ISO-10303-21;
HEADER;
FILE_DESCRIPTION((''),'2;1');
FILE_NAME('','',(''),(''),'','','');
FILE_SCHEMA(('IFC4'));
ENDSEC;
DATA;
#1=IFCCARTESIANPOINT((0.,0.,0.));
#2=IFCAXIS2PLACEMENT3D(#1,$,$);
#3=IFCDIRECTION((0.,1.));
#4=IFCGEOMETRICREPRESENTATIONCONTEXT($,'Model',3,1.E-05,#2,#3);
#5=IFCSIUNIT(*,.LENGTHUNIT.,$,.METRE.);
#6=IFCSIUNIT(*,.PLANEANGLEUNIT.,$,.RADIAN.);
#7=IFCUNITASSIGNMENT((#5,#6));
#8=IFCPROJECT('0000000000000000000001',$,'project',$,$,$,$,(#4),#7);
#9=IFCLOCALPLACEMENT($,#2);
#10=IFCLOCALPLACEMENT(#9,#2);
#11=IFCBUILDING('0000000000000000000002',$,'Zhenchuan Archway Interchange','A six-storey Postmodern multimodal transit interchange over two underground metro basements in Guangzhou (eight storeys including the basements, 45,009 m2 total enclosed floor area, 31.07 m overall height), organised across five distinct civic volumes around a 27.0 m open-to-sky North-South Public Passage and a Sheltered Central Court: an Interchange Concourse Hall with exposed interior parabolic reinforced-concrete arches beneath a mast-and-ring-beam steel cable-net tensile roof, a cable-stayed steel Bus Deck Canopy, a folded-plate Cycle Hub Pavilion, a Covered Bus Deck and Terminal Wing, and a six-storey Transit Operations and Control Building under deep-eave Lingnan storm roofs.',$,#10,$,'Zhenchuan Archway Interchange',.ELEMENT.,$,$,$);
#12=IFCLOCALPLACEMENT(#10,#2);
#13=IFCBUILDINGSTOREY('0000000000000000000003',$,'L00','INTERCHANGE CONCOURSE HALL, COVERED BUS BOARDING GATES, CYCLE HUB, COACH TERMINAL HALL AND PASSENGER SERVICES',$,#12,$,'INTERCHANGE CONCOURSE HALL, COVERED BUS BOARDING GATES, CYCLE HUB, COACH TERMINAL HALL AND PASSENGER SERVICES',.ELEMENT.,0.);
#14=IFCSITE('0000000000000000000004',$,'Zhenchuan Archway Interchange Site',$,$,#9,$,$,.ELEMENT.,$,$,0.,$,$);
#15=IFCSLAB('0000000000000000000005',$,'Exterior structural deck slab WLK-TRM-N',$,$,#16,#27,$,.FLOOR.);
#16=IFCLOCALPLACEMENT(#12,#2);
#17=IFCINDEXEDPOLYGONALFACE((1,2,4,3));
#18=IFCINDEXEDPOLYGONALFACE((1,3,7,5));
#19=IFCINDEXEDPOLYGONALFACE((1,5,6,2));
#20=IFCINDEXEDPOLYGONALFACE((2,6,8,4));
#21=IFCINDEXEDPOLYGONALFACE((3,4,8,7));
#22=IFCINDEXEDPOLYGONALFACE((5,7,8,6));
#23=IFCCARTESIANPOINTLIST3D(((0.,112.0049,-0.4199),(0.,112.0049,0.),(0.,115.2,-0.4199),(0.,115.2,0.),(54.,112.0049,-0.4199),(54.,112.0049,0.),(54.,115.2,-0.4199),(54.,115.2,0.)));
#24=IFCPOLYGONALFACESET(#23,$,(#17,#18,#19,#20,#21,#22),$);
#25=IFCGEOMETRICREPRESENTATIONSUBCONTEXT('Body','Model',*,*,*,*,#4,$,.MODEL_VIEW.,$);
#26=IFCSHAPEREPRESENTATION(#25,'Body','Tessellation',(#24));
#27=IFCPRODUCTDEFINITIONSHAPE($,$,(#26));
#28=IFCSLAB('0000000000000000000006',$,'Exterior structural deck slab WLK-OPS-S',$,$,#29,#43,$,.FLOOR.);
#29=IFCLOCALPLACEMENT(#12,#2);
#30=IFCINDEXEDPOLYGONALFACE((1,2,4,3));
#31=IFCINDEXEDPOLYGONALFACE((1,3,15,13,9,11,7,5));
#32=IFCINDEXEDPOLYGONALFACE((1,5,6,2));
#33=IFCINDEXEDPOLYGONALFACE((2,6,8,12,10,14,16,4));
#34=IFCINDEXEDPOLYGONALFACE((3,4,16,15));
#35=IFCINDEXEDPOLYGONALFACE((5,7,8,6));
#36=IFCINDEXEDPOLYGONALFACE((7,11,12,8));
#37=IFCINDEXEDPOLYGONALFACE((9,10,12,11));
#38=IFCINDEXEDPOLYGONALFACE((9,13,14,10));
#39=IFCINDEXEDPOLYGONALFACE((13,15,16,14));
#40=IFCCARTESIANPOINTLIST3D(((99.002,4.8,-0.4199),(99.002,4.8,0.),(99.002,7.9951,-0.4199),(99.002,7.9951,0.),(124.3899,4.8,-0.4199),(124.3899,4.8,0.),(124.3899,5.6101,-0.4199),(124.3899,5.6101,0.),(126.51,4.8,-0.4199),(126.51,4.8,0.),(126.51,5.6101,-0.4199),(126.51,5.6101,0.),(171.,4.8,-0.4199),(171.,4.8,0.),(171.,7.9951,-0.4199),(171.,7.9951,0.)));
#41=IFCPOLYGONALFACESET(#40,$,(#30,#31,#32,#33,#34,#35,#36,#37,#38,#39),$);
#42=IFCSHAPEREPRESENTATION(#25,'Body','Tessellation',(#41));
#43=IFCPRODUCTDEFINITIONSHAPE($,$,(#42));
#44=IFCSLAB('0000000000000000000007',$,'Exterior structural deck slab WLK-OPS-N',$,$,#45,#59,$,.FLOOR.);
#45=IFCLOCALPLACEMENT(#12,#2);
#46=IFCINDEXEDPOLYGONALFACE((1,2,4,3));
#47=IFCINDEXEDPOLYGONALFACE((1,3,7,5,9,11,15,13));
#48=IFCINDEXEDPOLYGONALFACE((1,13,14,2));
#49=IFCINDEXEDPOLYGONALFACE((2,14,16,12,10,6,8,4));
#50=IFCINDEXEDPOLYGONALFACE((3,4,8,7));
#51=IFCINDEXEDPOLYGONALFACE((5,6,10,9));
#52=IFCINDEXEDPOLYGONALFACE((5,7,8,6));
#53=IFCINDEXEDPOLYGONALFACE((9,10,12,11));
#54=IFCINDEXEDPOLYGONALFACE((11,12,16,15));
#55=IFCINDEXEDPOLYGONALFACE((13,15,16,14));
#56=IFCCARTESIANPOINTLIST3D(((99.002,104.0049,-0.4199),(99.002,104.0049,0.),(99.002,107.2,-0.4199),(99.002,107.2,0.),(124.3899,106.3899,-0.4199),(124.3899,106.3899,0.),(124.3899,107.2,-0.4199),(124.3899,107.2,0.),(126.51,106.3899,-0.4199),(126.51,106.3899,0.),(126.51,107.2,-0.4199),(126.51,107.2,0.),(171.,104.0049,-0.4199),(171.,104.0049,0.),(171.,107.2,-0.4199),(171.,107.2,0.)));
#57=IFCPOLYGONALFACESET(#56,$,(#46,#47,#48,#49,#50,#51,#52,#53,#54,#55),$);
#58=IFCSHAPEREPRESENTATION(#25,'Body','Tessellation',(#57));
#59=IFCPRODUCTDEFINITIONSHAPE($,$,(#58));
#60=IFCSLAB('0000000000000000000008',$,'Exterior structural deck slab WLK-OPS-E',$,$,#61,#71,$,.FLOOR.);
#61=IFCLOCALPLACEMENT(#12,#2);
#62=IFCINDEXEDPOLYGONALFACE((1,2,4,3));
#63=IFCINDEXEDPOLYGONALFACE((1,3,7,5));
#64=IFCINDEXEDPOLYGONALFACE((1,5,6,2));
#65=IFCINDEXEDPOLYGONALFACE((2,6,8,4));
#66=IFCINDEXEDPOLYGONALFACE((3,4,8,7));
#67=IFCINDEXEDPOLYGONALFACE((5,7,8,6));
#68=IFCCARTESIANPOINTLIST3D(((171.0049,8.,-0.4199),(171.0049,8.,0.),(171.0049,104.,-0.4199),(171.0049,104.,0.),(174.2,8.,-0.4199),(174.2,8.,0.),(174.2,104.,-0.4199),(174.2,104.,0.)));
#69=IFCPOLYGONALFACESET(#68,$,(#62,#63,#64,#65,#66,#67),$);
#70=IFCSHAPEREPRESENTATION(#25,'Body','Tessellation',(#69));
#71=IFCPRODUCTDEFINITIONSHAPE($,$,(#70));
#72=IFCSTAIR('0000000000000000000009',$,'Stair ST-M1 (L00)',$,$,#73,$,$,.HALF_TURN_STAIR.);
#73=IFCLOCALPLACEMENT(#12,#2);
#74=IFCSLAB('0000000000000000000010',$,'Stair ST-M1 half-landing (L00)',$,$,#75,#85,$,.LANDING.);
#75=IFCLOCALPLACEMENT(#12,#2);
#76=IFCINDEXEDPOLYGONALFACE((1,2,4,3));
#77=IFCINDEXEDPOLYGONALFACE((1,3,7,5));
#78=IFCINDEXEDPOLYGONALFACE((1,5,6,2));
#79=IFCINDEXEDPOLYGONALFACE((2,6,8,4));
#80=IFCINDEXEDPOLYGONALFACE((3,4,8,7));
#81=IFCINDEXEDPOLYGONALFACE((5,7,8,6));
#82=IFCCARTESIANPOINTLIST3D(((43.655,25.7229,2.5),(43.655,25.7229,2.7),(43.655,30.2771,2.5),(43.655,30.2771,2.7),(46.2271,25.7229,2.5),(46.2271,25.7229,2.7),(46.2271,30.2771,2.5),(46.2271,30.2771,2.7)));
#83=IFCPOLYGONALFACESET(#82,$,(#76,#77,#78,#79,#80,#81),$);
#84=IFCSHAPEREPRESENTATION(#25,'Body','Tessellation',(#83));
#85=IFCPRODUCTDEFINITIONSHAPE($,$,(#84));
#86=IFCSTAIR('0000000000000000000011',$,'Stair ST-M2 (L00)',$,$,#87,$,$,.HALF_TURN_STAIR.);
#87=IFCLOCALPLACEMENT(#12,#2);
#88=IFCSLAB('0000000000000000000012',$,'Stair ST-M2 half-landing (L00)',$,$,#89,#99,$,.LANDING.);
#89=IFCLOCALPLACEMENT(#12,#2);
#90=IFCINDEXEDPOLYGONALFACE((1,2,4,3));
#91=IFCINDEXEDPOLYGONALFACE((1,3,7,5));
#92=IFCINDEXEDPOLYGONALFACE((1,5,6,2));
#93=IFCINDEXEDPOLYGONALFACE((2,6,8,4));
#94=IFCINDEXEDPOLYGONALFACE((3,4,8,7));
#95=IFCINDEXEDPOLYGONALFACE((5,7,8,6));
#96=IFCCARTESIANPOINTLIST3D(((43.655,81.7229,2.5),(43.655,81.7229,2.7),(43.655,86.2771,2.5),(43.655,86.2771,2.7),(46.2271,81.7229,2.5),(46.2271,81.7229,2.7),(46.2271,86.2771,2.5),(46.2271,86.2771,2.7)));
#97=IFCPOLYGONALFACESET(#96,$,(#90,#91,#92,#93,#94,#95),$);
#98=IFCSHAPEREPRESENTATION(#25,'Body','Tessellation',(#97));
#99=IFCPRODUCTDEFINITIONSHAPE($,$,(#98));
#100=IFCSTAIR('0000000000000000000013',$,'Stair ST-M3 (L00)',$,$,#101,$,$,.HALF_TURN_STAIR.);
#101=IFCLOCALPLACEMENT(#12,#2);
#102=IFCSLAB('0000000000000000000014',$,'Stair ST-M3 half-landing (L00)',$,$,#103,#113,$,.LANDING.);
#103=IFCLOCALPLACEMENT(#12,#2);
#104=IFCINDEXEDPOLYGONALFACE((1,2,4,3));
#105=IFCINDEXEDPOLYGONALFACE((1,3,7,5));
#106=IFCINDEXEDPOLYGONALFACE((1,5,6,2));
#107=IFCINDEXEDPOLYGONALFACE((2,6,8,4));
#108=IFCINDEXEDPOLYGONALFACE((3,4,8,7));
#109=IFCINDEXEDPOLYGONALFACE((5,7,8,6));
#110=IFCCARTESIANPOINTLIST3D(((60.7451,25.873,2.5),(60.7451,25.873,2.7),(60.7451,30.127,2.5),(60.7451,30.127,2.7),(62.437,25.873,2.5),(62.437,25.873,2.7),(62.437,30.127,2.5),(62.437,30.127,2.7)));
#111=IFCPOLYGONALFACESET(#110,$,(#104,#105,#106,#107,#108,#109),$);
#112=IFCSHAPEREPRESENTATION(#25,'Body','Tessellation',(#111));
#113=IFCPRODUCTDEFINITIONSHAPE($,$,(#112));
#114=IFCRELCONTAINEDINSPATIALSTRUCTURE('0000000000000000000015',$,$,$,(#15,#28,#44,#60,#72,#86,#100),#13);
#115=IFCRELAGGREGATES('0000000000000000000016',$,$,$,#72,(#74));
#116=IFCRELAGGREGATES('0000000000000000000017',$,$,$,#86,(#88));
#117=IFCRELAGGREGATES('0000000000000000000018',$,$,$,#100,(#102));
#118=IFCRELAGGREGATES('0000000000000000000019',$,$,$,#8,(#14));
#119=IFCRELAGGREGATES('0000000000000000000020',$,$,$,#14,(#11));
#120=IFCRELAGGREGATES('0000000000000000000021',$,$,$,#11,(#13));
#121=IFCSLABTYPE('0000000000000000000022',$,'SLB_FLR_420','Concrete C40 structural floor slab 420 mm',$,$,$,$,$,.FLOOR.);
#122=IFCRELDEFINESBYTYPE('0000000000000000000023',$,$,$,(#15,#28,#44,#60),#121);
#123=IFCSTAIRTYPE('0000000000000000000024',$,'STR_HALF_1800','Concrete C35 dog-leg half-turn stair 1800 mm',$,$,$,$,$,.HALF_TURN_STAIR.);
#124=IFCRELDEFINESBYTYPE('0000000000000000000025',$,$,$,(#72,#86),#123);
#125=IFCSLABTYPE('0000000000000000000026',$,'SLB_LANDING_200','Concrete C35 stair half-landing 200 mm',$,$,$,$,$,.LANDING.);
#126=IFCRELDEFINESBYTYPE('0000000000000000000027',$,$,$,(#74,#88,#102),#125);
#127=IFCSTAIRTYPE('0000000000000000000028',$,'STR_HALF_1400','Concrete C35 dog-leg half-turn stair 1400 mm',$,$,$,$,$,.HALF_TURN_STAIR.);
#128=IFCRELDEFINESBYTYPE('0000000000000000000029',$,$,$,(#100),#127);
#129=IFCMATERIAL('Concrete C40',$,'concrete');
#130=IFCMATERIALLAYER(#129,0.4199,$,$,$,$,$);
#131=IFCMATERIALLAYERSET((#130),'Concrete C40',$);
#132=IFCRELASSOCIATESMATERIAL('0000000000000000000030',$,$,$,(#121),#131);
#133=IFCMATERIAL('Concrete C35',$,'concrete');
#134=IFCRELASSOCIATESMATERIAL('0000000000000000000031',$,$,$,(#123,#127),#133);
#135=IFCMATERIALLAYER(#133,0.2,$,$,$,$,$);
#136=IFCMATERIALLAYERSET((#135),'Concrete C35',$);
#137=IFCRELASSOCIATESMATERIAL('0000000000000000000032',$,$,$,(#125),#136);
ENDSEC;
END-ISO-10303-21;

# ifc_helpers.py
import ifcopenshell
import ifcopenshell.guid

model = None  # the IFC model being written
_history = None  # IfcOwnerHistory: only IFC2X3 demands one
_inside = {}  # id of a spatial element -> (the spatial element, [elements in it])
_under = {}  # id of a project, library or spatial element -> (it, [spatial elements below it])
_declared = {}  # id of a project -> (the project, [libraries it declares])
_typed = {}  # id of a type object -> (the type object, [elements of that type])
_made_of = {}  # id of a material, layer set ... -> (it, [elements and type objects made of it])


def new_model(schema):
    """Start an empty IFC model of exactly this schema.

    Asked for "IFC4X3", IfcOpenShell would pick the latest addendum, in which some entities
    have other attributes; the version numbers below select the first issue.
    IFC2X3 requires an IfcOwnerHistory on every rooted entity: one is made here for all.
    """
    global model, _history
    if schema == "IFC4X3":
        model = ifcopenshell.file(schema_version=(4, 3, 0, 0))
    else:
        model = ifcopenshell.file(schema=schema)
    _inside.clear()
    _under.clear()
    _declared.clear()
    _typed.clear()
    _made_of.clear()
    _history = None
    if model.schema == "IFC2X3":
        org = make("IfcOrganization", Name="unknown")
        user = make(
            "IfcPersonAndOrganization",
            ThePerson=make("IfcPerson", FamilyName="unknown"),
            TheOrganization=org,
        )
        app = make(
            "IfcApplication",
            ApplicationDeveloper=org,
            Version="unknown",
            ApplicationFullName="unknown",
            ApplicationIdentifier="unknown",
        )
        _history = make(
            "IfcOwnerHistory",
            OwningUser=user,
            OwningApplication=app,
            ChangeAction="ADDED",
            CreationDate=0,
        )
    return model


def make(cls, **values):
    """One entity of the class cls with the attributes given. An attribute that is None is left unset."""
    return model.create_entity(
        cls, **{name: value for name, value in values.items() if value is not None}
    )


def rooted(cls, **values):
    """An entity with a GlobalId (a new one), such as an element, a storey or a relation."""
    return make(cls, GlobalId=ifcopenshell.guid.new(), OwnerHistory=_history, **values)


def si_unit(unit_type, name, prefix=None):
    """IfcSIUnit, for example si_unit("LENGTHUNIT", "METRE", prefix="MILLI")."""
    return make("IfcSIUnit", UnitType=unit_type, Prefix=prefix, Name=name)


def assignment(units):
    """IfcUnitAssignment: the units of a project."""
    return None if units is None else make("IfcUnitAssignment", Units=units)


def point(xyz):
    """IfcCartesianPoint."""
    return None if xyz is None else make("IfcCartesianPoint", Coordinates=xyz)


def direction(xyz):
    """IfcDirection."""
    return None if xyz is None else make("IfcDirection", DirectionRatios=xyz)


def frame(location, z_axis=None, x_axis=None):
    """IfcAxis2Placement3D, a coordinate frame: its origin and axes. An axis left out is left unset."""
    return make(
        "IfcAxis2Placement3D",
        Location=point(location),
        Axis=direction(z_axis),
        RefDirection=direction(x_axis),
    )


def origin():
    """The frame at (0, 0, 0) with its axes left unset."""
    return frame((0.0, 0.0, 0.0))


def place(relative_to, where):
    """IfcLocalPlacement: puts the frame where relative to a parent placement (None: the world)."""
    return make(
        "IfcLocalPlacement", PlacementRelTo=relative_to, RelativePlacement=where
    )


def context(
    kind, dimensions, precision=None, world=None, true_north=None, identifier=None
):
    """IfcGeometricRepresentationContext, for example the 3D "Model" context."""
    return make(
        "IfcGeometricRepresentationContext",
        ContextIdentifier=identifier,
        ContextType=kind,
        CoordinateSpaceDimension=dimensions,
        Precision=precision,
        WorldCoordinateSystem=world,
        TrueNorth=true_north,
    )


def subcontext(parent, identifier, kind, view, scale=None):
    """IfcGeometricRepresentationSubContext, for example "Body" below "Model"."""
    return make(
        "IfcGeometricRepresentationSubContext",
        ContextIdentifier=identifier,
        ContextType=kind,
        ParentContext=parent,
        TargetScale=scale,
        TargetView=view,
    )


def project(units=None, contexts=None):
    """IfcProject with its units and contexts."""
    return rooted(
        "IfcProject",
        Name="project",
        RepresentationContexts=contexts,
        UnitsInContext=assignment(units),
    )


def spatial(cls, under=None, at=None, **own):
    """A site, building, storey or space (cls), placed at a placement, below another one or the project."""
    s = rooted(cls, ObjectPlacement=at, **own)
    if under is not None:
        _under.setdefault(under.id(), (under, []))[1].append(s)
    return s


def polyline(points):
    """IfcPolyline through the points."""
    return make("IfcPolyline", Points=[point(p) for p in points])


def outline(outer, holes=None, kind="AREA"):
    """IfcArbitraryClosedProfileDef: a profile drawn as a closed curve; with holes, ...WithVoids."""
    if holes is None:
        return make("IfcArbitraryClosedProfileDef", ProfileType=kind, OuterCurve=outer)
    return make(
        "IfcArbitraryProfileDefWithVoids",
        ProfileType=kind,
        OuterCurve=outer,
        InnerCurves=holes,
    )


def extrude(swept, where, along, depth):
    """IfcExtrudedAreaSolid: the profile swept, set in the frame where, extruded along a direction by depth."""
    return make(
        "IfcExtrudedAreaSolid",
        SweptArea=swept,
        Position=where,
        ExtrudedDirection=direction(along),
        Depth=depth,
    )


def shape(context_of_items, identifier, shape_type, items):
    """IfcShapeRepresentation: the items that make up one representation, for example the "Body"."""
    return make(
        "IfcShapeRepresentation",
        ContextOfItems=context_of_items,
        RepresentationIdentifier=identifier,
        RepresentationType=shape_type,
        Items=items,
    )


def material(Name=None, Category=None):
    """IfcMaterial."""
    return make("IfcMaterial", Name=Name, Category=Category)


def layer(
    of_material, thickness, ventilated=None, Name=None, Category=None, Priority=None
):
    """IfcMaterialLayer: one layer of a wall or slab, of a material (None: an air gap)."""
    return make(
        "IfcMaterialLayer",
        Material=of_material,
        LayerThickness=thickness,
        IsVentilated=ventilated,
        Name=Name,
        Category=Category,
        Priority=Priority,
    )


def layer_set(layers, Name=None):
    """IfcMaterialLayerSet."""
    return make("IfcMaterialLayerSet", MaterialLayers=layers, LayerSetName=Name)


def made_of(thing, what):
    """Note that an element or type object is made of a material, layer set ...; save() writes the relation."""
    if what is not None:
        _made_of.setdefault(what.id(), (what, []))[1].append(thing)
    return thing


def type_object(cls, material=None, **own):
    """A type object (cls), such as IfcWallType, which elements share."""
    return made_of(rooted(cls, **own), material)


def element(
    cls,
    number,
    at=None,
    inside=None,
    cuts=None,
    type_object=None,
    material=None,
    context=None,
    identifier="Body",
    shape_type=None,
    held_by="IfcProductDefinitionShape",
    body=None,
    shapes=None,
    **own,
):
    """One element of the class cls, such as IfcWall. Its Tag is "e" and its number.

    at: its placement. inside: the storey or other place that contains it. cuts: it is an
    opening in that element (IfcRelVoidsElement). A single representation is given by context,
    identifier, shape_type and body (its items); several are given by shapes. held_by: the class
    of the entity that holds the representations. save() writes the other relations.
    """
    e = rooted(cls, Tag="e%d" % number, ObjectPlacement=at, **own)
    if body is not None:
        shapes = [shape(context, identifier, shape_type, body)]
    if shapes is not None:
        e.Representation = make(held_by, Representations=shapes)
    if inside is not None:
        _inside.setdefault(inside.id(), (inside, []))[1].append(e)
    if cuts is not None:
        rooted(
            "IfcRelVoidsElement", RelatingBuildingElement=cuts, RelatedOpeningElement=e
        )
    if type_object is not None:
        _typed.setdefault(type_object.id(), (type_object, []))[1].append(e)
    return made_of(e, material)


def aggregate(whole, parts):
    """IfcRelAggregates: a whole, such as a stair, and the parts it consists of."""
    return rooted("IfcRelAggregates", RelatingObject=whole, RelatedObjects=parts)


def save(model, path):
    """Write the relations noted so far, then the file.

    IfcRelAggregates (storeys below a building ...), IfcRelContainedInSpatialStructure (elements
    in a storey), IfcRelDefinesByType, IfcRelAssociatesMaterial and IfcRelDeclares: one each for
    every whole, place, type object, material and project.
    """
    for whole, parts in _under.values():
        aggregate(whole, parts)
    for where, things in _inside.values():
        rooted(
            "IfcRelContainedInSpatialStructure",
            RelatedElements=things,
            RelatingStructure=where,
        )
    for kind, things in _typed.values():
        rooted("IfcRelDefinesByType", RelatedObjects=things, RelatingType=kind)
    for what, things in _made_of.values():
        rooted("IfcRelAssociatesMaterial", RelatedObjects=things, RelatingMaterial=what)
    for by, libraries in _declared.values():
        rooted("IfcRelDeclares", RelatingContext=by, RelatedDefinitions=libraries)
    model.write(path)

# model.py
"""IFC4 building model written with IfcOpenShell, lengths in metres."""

from ifc_helpers import new_model, si_unit, direction, frame, origin, place, context, subcontext, project, spatial, polyline, outline, extrude, material, layer, layer_set, type_object, element, aggregate, save


model = new_model("IFC4")

# Units and contexts
model_context = context("Model", 3, precision=1e-05, world=origin(), true_north=direction((0.0, 1.0)))
body_context = subcontext(model_context, "Body", "Model", "MODEL_VIEW")
ifc_project = project(units=[si_unit("LENGTHUNIT", "METRE"), si_unit("PLANEANGLEUNIT", "RADIAN")], contexts=[model_context])

# Site, building, storey
site_placement = place(None, origin())
site = spatial("IfcSite", under=ifc_project, at=site_placement, Name="Zhenchuan Archway Interchange Site", CompositionType="ELEMENT", RefElevation=0.0)
building_placement = place(site_placement, origin())
building = spatial("IfcBuilding", under=site, at=building_placement, Name="Zhenchuan Archway Interchange", Description="A six-storey Postmodern multimodal transit interchange over two underground metro basements in Guangzhou (eight storeys including the basements, 45,009 m2 total enclosed floor area, 31.07 m overall height), organised across five distinct civic volumes around a 27.0 m open-to-sky North-South Public Passage and a Sheltered Central Court: an Interchange Concourse Hall with exposed interior parabolic reinforced-concrete arches beneath a mast-and-ring-beam steel cable-net tensile roof, a cable-stayed steel Bus Deck Canopy, a folded-plate Cycle Hub Pavilion, a Covered Bus Deck and Terminal Wing, and a six-storey Transit Operations and Control Building under deep-eave Lingnan storm roofs.", LongName="Zhenchuan Archway Interchange", CompositionType="ELEMENT")
storey_placement = place(building_placement, origin())
storey = spatial("IfcBuildingStorey", under=building, at=storey_placement, Name="L00", Description="INTERCHANGE CONCOURSE HALL, COVERED BUS BOARDING GATES, CYCLE HUB, COACH TERMINAL HALL AND PASSENGER SERVICES", LongName="INTERCHANGE CONCOURSE HALL, COVERED BUS BOARDING GATES, CYCLE HUB, COACH TERMINAL HALL AND PASSENGER SERVICES", CompositionType="ELEMENT", Elevation=0.0)

# Slabs
ifc_material_1 = material(Name="Concrete C40", Category="concrete")
ifc_layer_1 = layer(ifc_material_1, 0.4199)
ifc_layer_set_1 = layer_set([ifc_layer_1], Name="Concrete C40")
slab_type_1 = type_object("IfcSlabType", Name="SLB_FLR_420", Description="Concrete C40 structural floor slab 420 mm", PredefinedType="FLOOR", material=ifc_layer_set_1)
slab_1_placement = place(storey_placement, frame((0.0, 0.0, -0.4199)))
element("IfcSlab", 1, at=slab_1_placement, inside=storey, type_object=slab_type_1, Name="Exterior structural deck slab WLK-TRM-N", PredefinedType="FLOOR", context=body_context, shape_type="SweptSolid", body=[
    extrude(outline(polyline([(0.0, 112.0049), (0.0, 115.2), (54.0, 115.2), (54.0, 112.0049), (0.0, 112.0049)])), origin(), (0.0, 0.0, 1.0), 0.4199),
])
slab_2_placement = place(storey_placement, frame((0.0, 0.0, -0.4199)))
element("IfcSlab", 2, at=slab_2_placement, inside=storey, type_object=slab_type_1, Name="Exterior structural deck slab WLK-OPS-S", PredefinedType="FLOOR", context=body_context, shape_type="SweptSolid", body=[
    extrude(outline(polyline([(171.0, 7.9951), (171.0, 4.8), (126.51, 4.8), (126.51, 5.6101), (124.3899, 5.6101), (124.3899, 4.8), (99.002, 4.8), (99.002, 7.9951), (171.0, 7.9951)])), origin(), (0.0, 0.0, 1.0), 0.4199),
])
slab_3_placement = place(storey_placement, frame((0.0, 0.0, -0.4199)))
element("IfcSlab", 3, at=slab_3_placement, inside=storey, type_object=slab_type_1, Name="Exterior structural deck slab WLK-OPS-N", PredefinedType="FLOOR", context=body_context, shape_type="SweptSolid", body=[
    extrude(outline(polyline([(171.0, 107.2), (171.0, 104.0049), (99.002, 104.0049), (99.002, 107.2), (124.3899, 107.2), (124.3899, 106.3899), (126.51, 106.3899), (126.51, 107.2), (171.0, 107.2)])), origin(), (0.0, 0.0, 1.0), 0.4199),
])
slab_4_placement = place(storey_placement, frame((0.0, 0.0, -0.4199)))
element("IfcSlab", 4, at=slab_4_placement, inside=storey, type_object=slab_type_1, Name="Exterior structural deck slab WLK-OPS-E", PredefinedType="FLOOR", context=body_context, shape_type="SweptSolid", body=[
    extrude(outline(polyline([(171.0049, 8.0), (171.0049, 104.0), (174.2, 104.0), (174.2, 8.0), (171.0049, 8.0)])), origin(), (0.0, 0.0, 1.0), 0.4199),
])

# Stairs, slabs
ifc_material_2 = material(Name="Concrete C35", Category="concrete")
stair_type_1 = type_object("IfcStairType", Name="STR_HALF_1800", Description="Concrete C35 dog-leg half-turn stair 1800 mm", PredefinedType="HALF_TURN_STAIR", material=ifc_material_2)
stair_1_placement = place(storey_placement, origin())
stair_1 = element("IfcStair", 5, at=stair_1_placement, inside=storey, type_object=stair_type_1, Name="Stair ST-M1 (L00)", PredefinedType="HALF_TURN_STAIR")
ifc_layer_2 = layer(ifc_material_2, 0.2)
ifc_layer_set_2 = layer_set([ifc_layer_2], Name="Concrete C35")
slab_type_2 = type_object("IfcSlabType", Name="SLB_LANDING_200", Description="Concrete C35 stair half-landing 200 mm", PredefinedType="LANDING", material=ifc_layer_set_2)
slab_5_placement = place(storey_placement, frame((0.0, 0.0, 2.5)))
slab_5 = element("IfcSlab", 6, at=slab_5_placement, type_object=slab_type_2, Name="Stair ST-M1 half-landing (L00)", PredefinedType="LANDING", context=body_context, shape_type="SweptSolid", body=[
    extrude(outline(polyline([(43.655, 25.7229), (46.2271, 25.7229), (46.2271, 30.2771), (43.655, 30.2771), (43.655, 25.7229)])), origin(), (0.0, 0.0, 1.0), 0.2),
])
aggregate(stair_1, [slab_5])
stair_2_placement = place(storey_placement, origin())
stair_2 = element("IfcStair", 7, at=stair_2_placement, inside=storey, type_object=stair_type_1, Name="Stair ST-M2 (L00)", PredefinedType="HALF_TURN_STAIR")
slab_6_placement = place(storey_placement, frame((0.0, 0.0, 2.5)))
slab_6 = element("IfcSlab", 8, at=slab_6_placement, type_object=slab_type_2, Name="Stair ST-M2 half-landing (L00)", PredefinedType="LANDING", context=body_context, shape_type="SweptSolid", body=[
    extrude(outline(polyline([(43.655, 81.7229), (46.2271, 81.7229), (46.2271, 86.2771), (43.655, 86.2771), (43.655, 81.7229)])), origin(), (0.0, 0.0, 1.0), 0.2),
])
aggregate(stair_2, [slab_6])
stair_type_2 = type_object("IfcStairType", Name="STR_HALF_1400", Description="Concrete C35 dog-leg half-turn stair 1400 mm", PredefinedType="HALF_TURN_STAIR", material=ifc_material_2)
stair_3_placement = place(storey_placement, origin())
stair_3 = element("IfcStair", 9, at=stair_3_placement, inside=storey, type_object=stair_type_2, Name="Stair ST-M3 (L00)", PredefinedType="HALF_TURN_STAIR")
slab_7_placement = place(storey_placement, frame((0.0, 0.0, 2.5)))
slab_7 = element("IfcSlab", 10, at=slab_7_placement, type_object=slab_type_2, Name="Stair ST-M3 half-landing (L00)", PredefinedType="LANDING", context=body_context, shape_type="SweptSolid", body=[
    extrude(outline(polyline([(60.7451, 25.873), (62.437, 25.873), (62.437, 30.127), (60.7451, 30.127), (60.7451, 25.873)])), origin(), (0.0, 0.0, 1.0), 0.2),
])
aggregate(stair_3, [slab_7])

save(model, "model.ifc")
